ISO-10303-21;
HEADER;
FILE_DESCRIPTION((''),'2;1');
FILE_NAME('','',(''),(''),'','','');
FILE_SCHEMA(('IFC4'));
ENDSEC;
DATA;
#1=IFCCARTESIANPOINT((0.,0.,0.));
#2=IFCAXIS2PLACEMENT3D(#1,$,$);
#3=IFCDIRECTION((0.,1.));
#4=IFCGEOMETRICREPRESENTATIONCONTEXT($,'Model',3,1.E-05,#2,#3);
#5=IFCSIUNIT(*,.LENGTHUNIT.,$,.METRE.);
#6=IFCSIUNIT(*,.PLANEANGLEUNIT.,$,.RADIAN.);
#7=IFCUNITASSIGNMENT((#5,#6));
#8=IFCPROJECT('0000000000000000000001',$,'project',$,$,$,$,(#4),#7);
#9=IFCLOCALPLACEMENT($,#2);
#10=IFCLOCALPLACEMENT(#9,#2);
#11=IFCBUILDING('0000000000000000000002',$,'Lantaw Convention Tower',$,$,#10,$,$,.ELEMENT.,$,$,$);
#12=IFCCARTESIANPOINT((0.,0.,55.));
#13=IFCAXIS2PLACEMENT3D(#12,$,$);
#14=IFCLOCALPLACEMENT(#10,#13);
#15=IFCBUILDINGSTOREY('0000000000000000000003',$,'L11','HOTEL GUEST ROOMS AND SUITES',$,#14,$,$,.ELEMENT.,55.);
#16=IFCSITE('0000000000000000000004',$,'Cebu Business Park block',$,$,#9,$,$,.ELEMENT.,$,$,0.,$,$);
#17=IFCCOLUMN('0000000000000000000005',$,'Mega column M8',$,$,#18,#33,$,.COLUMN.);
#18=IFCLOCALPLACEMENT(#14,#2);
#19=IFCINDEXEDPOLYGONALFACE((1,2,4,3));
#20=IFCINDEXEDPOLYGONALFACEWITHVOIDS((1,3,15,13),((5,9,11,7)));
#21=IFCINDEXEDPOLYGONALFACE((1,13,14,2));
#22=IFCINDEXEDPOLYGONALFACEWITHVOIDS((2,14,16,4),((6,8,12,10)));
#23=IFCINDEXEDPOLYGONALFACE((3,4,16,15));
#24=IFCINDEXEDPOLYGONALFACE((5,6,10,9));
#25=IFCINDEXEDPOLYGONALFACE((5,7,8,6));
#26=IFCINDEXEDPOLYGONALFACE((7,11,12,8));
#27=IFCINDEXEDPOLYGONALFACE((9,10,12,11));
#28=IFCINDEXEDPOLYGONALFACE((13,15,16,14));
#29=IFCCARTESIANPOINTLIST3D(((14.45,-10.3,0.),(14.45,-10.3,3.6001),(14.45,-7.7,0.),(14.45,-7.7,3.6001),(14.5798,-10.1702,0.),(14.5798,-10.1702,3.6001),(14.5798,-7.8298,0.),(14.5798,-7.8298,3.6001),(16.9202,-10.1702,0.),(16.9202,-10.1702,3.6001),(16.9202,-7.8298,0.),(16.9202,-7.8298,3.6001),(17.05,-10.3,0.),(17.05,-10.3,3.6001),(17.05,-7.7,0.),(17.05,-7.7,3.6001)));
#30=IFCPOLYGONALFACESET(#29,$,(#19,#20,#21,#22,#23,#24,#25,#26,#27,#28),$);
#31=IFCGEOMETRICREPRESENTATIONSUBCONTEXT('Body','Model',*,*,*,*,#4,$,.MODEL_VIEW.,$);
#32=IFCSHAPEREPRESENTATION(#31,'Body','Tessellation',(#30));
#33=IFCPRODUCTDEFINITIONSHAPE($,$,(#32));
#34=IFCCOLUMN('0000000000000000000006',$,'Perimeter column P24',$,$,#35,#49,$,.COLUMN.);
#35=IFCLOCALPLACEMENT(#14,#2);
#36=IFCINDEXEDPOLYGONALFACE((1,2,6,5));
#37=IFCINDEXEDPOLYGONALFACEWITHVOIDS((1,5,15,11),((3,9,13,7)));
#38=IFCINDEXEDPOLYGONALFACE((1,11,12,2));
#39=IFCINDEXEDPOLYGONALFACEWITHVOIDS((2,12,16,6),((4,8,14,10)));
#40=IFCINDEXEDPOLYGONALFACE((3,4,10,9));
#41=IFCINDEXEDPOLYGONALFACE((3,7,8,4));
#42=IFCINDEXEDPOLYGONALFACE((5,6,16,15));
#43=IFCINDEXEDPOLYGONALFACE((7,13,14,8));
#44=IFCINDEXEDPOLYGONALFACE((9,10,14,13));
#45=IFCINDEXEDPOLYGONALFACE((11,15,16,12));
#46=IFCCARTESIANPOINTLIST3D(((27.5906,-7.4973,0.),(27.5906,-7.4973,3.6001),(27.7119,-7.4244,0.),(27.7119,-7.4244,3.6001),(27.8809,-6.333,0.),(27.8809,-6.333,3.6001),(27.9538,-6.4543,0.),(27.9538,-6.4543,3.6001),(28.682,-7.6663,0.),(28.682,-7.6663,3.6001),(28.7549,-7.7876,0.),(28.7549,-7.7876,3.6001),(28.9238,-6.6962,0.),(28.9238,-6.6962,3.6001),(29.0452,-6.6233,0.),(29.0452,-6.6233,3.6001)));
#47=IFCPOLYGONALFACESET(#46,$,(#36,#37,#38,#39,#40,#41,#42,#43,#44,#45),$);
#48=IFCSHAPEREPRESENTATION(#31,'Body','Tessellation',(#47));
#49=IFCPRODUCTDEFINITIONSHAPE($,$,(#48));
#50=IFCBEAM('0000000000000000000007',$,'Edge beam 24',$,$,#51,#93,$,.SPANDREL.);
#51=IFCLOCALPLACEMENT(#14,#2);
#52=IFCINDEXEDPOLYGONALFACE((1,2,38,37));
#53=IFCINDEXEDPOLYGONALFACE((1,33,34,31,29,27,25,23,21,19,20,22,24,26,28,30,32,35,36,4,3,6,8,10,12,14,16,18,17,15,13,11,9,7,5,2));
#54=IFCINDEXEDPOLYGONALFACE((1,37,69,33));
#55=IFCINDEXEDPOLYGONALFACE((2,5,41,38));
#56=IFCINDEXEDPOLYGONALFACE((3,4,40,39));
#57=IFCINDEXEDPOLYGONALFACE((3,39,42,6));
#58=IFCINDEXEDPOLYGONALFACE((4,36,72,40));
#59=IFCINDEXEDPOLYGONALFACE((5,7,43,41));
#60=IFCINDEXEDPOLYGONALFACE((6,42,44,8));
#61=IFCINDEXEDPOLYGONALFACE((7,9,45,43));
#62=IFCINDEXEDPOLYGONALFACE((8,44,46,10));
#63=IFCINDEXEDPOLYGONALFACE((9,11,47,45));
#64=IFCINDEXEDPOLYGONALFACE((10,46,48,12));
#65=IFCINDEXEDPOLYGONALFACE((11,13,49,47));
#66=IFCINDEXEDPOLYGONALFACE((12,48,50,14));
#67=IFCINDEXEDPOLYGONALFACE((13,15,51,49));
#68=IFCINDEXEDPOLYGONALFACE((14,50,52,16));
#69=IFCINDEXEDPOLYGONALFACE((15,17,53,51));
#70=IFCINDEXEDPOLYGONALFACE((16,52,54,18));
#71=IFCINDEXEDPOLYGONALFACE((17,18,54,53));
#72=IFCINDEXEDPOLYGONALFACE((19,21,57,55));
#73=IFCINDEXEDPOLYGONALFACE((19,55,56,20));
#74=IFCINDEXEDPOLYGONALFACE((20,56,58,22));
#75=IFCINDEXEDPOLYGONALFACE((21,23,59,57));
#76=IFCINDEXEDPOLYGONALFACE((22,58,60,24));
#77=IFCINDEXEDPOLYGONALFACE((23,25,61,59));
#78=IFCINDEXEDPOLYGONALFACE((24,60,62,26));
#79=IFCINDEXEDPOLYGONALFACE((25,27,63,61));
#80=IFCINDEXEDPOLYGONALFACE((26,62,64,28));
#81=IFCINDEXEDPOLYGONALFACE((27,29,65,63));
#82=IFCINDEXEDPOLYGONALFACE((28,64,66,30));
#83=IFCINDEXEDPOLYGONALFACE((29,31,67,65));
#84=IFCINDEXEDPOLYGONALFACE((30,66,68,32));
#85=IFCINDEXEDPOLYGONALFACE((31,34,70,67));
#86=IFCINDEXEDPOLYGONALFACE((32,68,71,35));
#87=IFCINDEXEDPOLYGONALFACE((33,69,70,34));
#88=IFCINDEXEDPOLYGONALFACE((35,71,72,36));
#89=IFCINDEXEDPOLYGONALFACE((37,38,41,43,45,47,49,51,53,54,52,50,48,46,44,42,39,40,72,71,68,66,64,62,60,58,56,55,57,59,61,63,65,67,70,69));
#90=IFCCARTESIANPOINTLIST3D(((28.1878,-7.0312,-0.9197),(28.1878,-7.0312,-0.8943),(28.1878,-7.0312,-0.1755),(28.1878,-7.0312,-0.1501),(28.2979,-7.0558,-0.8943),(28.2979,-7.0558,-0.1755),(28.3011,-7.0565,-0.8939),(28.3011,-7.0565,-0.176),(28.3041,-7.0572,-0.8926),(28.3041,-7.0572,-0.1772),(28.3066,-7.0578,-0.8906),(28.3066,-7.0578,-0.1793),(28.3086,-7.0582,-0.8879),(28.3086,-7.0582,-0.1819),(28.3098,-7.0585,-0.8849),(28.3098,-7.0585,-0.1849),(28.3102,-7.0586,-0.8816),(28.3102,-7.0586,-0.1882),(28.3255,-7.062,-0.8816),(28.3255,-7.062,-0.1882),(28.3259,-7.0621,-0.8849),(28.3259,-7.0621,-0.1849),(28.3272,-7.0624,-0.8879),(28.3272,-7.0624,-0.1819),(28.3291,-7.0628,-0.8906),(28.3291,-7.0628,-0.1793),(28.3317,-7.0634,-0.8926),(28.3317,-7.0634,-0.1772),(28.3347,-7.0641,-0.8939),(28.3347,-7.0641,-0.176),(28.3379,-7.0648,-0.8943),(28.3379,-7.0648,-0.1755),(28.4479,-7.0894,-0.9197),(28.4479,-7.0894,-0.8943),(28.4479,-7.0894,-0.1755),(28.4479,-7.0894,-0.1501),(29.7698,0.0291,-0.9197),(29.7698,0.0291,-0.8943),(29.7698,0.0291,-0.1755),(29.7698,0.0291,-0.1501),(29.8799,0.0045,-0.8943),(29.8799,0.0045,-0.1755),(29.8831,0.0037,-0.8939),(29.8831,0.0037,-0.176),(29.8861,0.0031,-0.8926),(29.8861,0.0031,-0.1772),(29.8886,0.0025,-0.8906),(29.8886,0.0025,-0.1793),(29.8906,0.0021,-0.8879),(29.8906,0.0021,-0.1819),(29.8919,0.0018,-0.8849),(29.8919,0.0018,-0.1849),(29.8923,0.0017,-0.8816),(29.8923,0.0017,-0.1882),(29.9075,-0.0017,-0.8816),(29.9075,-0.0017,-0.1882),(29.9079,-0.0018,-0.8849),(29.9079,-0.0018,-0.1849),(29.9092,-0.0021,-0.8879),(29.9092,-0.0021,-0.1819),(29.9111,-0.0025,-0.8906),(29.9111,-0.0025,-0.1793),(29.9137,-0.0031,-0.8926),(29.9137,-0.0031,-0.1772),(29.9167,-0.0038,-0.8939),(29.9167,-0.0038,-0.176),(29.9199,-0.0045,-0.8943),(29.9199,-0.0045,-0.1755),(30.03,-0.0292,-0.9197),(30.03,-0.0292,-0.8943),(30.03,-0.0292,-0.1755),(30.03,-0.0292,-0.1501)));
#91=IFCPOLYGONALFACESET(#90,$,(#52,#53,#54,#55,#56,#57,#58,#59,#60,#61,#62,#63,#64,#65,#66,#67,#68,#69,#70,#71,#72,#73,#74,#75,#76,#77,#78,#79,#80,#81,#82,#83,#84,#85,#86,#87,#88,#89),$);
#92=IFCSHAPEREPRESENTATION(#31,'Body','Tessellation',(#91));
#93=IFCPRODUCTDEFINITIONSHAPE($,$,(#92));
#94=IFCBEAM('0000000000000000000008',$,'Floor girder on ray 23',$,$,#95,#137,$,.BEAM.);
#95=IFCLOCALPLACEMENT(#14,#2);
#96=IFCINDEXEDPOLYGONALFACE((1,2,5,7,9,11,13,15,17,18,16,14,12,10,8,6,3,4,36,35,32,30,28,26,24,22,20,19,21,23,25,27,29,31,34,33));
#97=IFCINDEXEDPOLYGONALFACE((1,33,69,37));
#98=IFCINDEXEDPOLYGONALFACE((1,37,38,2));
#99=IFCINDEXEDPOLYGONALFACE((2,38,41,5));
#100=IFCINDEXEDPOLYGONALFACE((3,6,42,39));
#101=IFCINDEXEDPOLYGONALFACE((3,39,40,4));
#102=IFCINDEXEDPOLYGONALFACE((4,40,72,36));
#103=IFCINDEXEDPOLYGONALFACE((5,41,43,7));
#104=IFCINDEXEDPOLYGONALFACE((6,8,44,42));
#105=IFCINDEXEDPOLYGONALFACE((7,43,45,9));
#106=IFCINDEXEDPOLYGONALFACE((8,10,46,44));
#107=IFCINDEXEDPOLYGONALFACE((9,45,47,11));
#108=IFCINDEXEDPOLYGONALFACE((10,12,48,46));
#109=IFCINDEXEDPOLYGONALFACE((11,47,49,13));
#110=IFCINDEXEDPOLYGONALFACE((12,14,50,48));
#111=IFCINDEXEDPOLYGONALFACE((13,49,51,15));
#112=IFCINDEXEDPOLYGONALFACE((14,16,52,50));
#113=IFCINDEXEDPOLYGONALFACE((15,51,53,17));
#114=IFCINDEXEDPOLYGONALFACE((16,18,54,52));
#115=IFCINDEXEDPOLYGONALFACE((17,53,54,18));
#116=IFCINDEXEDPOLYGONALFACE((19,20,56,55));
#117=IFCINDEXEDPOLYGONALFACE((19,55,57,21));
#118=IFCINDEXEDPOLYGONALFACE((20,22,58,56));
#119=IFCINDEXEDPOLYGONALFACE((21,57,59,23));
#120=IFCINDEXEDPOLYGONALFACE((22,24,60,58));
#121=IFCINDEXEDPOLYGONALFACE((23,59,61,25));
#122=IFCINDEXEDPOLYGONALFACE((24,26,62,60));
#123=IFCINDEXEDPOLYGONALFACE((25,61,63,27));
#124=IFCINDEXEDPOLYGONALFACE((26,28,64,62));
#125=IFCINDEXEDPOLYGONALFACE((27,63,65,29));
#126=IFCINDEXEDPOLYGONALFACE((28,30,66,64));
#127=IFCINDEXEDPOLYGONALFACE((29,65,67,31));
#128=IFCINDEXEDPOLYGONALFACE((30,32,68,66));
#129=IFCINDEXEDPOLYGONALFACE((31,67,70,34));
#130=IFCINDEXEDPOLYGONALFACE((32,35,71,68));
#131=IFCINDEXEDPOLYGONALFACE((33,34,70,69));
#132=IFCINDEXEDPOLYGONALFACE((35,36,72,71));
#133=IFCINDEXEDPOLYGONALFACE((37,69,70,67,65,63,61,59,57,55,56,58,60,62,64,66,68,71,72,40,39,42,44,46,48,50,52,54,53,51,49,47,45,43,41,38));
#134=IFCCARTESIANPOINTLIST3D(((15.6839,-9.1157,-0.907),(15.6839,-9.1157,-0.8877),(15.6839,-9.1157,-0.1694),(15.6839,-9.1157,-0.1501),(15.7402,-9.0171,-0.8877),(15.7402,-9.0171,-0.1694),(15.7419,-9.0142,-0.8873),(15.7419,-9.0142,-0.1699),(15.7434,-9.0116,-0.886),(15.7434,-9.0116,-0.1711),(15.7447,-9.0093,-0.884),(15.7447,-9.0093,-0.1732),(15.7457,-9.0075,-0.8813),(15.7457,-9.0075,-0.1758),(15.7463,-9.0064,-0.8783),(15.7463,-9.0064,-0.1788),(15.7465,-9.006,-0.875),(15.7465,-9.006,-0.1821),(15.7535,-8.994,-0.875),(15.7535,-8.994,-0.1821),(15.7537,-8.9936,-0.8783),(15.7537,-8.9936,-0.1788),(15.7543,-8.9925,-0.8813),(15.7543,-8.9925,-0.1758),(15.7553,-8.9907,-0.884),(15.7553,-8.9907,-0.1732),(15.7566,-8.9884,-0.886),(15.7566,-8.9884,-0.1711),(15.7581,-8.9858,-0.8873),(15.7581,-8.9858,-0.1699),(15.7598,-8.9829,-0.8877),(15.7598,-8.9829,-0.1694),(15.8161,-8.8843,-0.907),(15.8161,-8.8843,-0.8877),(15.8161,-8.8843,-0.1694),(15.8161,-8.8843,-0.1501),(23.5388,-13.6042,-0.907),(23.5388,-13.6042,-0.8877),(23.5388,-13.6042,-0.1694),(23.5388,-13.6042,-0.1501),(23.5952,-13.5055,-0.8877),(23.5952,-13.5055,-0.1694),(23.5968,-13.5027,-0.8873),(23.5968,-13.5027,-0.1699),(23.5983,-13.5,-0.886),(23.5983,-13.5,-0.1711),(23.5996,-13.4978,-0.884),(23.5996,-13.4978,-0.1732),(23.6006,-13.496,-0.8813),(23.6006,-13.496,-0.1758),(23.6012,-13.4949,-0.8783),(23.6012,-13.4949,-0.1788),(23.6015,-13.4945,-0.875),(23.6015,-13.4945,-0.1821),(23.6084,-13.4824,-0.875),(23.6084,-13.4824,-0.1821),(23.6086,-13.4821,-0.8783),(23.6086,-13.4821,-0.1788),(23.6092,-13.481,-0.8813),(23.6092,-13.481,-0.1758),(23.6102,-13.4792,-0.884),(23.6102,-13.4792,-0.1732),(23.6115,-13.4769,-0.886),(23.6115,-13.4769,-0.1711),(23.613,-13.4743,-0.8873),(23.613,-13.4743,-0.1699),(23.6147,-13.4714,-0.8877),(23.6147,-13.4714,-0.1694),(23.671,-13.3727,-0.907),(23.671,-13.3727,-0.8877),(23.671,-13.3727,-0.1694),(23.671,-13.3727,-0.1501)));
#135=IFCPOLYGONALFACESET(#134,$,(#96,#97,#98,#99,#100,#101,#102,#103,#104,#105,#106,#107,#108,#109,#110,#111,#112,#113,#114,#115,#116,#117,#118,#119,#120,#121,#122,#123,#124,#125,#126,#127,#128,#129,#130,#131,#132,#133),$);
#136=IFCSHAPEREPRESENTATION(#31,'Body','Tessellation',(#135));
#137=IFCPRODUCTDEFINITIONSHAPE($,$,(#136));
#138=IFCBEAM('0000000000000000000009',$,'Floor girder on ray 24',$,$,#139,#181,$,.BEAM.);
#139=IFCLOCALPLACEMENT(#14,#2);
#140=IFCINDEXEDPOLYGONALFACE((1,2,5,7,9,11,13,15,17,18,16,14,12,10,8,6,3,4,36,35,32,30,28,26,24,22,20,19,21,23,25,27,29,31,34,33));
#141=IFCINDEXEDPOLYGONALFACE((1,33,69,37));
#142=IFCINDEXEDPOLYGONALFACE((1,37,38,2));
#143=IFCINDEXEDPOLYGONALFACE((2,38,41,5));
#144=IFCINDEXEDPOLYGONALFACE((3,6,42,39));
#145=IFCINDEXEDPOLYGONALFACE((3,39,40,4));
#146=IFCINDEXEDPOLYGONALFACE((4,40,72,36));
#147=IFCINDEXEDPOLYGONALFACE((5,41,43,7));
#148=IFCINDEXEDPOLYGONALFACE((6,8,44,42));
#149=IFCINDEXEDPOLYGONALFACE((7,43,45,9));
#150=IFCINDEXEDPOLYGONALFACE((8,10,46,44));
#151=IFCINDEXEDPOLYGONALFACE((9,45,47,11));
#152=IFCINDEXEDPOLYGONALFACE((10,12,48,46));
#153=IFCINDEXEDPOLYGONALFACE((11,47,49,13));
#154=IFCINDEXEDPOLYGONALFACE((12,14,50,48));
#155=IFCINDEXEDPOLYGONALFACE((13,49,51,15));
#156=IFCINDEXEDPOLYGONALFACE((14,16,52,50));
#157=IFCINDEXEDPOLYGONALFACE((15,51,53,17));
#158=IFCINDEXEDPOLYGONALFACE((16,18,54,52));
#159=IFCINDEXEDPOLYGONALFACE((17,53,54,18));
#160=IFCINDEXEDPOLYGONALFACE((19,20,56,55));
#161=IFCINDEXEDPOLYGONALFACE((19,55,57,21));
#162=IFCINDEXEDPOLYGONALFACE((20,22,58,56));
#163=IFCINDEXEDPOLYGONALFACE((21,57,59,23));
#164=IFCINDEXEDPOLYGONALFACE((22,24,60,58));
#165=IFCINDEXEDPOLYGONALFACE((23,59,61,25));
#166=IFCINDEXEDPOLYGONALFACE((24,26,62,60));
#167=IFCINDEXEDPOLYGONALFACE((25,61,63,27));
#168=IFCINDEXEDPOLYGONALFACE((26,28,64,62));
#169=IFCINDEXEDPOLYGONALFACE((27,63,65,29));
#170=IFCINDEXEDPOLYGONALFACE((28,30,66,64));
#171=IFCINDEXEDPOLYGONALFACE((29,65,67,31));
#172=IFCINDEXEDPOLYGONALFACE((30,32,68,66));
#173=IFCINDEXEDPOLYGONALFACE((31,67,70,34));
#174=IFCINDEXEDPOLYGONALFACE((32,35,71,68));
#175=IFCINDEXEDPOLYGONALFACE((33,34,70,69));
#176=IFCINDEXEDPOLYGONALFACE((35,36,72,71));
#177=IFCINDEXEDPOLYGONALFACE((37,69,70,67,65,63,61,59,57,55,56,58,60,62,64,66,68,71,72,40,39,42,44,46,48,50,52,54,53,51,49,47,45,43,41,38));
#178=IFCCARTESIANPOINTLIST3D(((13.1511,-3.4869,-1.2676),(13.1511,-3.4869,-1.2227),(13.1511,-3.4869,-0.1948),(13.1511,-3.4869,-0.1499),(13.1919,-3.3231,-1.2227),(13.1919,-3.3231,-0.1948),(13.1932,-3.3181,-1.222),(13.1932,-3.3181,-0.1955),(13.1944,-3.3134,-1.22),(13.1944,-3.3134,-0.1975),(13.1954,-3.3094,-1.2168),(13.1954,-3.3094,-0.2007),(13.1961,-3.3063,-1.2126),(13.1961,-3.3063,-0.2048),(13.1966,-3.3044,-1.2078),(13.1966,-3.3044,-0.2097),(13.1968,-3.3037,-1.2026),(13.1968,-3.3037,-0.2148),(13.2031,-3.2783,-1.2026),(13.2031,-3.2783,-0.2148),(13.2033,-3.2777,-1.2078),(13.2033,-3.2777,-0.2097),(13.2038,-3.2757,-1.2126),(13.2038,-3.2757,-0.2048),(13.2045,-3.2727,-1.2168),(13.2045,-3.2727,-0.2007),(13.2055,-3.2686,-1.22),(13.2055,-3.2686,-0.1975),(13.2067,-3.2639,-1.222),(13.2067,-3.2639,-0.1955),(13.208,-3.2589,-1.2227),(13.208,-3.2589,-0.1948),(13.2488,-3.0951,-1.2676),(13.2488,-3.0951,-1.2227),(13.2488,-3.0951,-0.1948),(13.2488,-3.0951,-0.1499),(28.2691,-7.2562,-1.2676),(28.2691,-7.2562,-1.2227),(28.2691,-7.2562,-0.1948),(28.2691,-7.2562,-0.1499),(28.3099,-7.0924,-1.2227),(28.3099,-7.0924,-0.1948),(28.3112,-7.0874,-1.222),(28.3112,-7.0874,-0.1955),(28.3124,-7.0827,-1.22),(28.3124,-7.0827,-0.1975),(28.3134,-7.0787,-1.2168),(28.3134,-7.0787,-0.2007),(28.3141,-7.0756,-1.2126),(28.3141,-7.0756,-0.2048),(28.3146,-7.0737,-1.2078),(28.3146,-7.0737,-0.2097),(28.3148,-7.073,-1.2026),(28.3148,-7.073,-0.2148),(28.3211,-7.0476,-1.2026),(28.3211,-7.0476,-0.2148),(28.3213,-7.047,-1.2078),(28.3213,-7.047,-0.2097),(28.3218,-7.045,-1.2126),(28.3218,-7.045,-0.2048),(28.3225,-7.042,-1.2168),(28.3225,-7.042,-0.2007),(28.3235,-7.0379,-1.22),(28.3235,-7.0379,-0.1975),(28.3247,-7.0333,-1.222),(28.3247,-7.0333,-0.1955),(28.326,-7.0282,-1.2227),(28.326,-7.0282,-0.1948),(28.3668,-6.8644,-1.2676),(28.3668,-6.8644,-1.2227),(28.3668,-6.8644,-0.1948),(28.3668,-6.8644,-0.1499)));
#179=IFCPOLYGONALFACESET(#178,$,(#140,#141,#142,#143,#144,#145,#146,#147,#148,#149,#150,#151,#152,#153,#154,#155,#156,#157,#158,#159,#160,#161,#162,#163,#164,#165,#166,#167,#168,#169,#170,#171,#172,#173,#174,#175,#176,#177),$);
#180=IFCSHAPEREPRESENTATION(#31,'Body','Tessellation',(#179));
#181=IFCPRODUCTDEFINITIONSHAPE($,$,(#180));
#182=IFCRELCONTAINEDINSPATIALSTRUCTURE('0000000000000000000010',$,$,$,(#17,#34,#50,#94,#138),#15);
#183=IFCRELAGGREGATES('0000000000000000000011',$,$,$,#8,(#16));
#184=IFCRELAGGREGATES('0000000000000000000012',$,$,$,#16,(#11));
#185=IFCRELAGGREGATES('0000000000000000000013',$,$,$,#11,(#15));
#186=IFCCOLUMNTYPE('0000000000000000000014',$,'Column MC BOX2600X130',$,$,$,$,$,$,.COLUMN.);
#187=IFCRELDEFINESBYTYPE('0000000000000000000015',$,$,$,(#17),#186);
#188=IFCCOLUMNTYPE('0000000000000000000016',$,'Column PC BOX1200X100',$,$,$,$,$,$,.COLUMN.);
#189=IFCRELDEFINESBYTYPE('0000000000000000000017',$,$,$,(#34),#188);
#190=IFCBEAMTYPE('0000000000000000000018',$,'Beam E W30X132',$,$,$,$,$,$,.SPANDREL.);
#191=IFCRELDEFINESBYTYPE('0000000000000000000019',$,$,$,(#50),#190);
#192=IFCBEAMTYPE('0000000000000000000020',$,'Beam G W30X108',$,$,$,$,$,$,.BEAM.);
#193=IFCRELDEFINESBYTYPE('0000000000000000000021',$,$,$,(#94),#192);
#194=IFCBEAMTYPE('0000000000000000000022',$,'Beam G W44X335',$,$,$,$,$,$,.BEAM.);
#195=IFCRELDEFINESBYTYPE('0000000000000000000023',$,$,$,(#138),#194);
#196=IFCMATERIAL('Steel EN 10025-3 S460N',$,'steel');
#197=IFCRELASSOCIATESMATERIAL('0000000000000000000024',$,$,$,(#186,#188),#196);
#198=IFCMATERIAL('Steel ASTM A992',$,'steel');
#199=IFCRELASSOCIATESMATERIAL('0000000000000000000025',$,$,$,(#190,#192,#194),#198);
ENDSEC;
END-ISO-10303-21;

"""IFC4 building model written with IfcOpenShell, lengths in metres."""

from ifc_helpers import new_model, si_unit, direction, frame, origin, origin_2d, place, context, subcontext, project, spatial, rectangle, hollow_rectangle, i_section, extrude, material, material_profile, profile_set, type_object, element, save


model = new_model("IFC4")

# Units and contexts
model_context = context("Model", 3, precision=1e-05, world=origin(), true_north=direction((0.0, 1.0)))
body_context = subcontext(model_context, "Body", "Model", "MODEL_VIEW")
ifc_project = project(units=[si_unit("LENGTHUNIT", "METRE"), si_unit("PLANEANGLEUNIT", "RADIAN")], contexts=[model_context])

# Site, building, storey
site_placement = place(None, origin())
site = spatial("IfcSite", under=ifc_project, at=site_placement, Name="Cebu Business Park block", CompositionType="ELEMENT", RefElevation=0.0)
building_placement = place(site_placement, origin())
building = spatial("IfcBuilding", under=site, at=building_placement, Name="Lantaw Convention Tower", CompositionType="ELEMENT")
storey_placement = place(building_placement, frame((0.0, 0.0, 55.0)))
storey = spatial("IfcBuildingStorey", under=building, at=storey_placement, Name="L11", Description="HOTEL GUEST ROOMS AND SUITES", CompositionType="ELEMENT", Elevation=55.0)

# Columns
ifc_material_1 = material(Name="Steel EN 10025-3 S460N", Category="steel")
ifc_material_profile_1 = material_profile(ifc_material_1, hollow_rectangle(XDim=2.6001, YDim=2.6001, WallThickness=0.1299, at=origin_2d()), Name="BOX2600X130")
ifc_material_2 = material(Name="Concrete C60/75", Category="concrete")
ifc_material_profile_2 = material_profile(ifc_material_2, rectangle(XDim=2.3401, YDim=2.3401, at=origin_2d()), Name="Concrete fill of BOX2600X130")
ifc_profile_set_1 = profile_set([ifc_material_profile_1, ifc_material_profile_2], Name="Steel EN 10025-3 S460N")
column_type_1 = type_object("IfcColumnType", Name="Column MC BOX2600X130", PredefinedType="COLUMN", material=ifc_profile_set_1)
column_1_placement = place(storey_placement, frame((15.75, -9.0, 0.0), z_axis=(0.0, 0.0, 1.0), x_axis=(1.0, 0.0, 0.0)))
element("IfcColumn", 1, at=column_1_placement, inside=storey, type_object=column_type_1, Name="Mega column M8", PredefinedType="COLUMN", context=body_context, shape_type="SweptSolid", body=[
    extrude(hollow_rectangle(XDim=2.6001, YDim=2.6001, WallThickness=0.1299, at=origin_2d()), origin(), (0.0, 0.0, 1.0), 3.6001),
])
ifc_material_profile_3 = material_profile(ifc_material_1, hollow_rectangle(XDim=1.2, YDim=1.2, WallThickness=0.1001, at=origin_2d()), Name="BOX1200X100")
ifc_material_profile_4 = material_profile(ifc_material_2, rectangle(XDim=1.0, YDim=1.0, at=origin_2d()), Name="Concrete fill of BOX1200X100")
ifc_profile_set_2 = profile_set([ifc_material_profile_3, ifc_material_profile_4], Name="Steel EN 10025-3 S460N")
column_type_2 = type_object("IfcColumnType", Name="Column PC BOX1200X100", PredefinedType="COLUMN", material=ifc_profile_set_2)
column_2_placement = place(storey_placement, frame((28.3179, -7.0603, 0.0), z_axis=(0.0, 0.0, 1.0), x_axis=(0.241922, 0.970296, 0.0)))
element("IfcColumn", 2, at=column_2_placement, inside=storey, type_object=column_type_2, Name="Perimeter column P24", PredefinedType="COLUMN", context=body_context, shape_type="SweptSolid", body=[
    extrude(hollow_rectangle(XDim=1.2, YDim=1.2, WallThickness=0.1001, at=origin_2d()), origin(), (0.0, 0.0, 1.0), 3.6001),
])

# Beams
ifc_material_3 = material(Name="Steel ASTM A992", Category="steel")
ifc_material_profile_5 = material_profile(ifc_material_3, i_section(OverallWidth=0.2666, OverallDepth=0.7695, WebThickness=0.0156, FlangeThickness=0.0254, FilletRadius=0.0127, at=origin_2d()), Name="W30X132")
ifc_profile_set_3 = profile_set([ifc_material_profile_5], Name="Steel ASTM A992")
beam_type_1 = type_object("IfcBeamType", Name="Beam E W30X132", PredefinedType="SPANDREL", material=ifc_profile_set_3)
beam_1_placement = place(storey_placement, frame((28.3179, -7.0603, -0.5349), z_axis=(0.218652, 0.975803, 0.0), x_axis=(-0.975803, 0.218652, 0.0)))
element("IfcBeam", 3, at=beam_1_placement, inside=storey, type_object=beam_type_1, Name="Edge beam 24", PredefinedType="SPANDREL", context=body_context, shape_type="SweptSolid", body=[
    extrude(i_section(OverallWidth=0.2666, OverallDepth=0.7695, WebThickness=0.0156, FlangeThickness=0.0254, FilletRadius=0.0127, at=origin_2d()), origin(), (0.0, 0.0, 1.0), 7.2354),
])
ifc_material_profile_6 = material_profile(ifc_material_3, i_section(OverallWidth=0.2666, OverallDepth=0.7568, WebThickness=0.0139, FlangeThickness=0.0193, FilletRadius=0.0127, at=origin_2d()), Name="W30X108")
ifc_profile_set_4 = profile_set([ifc_material_profile_6], Name="Steel ASTM A992")
beam_type_2 = type_object("IfcBeamType", Name="Beam G W30X108", PredefinedType="BEAM", material=ifc_profile_set_4)
beam_2_placement = place(storey_placement, frame((15.75, -9.0, -0.5286), z_axis=(0.868245, -0.496136, 0.0), x_axis=(0.496136, 0.868245, 0.0)))
element("IfcBeam", 4, at=beam_2_placement, inside=storey, type_object=beam_type_2, Name="Floor girder on ray 23", PredefinedType="BEAM", context=body_context, shape_type="SweptSolid", body=[
    extrude(i_section(OverallWidth=0.2666, OverallDepth=0.7568, WebThickness=0.0139, FlangeThickness=0.0193, FilletRadius=0.0127, at=origin_2d()), origin(), (0.0, 0.0, 1.0), 9.0469),
])
ifc_material_profile_7 = material_profile(ifc_material_3, i_section(OverallWidth=0.4038, OverallDepth=1.1177, WebThickness=0.0261, FlangeThickness=0.0449, FilletRadius=0.02, at=origin_2d()), Name="W44X335")
ifc_profile_set_5 = profile_set([ifc_material_profile_7], Name="Steel ASTM A992")
beam_type_3 = type_object("IfcBeamType", Name="Beam G W44X335", PredefinedType="BEAM", material=ifc_profile_set_5)
beam_3_placement = place(storey_placement, frame((13.2, -3.291, -0.7087), z_axis=(0.970296, -0.24192, 0.0), x_axis=(0.24192, 0.970296, 0.0)))
element("IfcBeam", 5, at=beam_3_placement, inside=storey, type_object=beam_type_3, Name="Floor girder on ray 24", PredefinedType="BEAM", context=body_context, shape_type="SweptSolid", body=[
    extrude(i_section(OverallWidth=0.4038, OverallDepth=1.1177, WebThickness=0.0261, FlangeThickness=0.0449, FilletRadius=0.02, at=origin_2d()), origin(), (0.0, 0.0, 1.0), 15.5808),
])

save(model, "model.ifc")
